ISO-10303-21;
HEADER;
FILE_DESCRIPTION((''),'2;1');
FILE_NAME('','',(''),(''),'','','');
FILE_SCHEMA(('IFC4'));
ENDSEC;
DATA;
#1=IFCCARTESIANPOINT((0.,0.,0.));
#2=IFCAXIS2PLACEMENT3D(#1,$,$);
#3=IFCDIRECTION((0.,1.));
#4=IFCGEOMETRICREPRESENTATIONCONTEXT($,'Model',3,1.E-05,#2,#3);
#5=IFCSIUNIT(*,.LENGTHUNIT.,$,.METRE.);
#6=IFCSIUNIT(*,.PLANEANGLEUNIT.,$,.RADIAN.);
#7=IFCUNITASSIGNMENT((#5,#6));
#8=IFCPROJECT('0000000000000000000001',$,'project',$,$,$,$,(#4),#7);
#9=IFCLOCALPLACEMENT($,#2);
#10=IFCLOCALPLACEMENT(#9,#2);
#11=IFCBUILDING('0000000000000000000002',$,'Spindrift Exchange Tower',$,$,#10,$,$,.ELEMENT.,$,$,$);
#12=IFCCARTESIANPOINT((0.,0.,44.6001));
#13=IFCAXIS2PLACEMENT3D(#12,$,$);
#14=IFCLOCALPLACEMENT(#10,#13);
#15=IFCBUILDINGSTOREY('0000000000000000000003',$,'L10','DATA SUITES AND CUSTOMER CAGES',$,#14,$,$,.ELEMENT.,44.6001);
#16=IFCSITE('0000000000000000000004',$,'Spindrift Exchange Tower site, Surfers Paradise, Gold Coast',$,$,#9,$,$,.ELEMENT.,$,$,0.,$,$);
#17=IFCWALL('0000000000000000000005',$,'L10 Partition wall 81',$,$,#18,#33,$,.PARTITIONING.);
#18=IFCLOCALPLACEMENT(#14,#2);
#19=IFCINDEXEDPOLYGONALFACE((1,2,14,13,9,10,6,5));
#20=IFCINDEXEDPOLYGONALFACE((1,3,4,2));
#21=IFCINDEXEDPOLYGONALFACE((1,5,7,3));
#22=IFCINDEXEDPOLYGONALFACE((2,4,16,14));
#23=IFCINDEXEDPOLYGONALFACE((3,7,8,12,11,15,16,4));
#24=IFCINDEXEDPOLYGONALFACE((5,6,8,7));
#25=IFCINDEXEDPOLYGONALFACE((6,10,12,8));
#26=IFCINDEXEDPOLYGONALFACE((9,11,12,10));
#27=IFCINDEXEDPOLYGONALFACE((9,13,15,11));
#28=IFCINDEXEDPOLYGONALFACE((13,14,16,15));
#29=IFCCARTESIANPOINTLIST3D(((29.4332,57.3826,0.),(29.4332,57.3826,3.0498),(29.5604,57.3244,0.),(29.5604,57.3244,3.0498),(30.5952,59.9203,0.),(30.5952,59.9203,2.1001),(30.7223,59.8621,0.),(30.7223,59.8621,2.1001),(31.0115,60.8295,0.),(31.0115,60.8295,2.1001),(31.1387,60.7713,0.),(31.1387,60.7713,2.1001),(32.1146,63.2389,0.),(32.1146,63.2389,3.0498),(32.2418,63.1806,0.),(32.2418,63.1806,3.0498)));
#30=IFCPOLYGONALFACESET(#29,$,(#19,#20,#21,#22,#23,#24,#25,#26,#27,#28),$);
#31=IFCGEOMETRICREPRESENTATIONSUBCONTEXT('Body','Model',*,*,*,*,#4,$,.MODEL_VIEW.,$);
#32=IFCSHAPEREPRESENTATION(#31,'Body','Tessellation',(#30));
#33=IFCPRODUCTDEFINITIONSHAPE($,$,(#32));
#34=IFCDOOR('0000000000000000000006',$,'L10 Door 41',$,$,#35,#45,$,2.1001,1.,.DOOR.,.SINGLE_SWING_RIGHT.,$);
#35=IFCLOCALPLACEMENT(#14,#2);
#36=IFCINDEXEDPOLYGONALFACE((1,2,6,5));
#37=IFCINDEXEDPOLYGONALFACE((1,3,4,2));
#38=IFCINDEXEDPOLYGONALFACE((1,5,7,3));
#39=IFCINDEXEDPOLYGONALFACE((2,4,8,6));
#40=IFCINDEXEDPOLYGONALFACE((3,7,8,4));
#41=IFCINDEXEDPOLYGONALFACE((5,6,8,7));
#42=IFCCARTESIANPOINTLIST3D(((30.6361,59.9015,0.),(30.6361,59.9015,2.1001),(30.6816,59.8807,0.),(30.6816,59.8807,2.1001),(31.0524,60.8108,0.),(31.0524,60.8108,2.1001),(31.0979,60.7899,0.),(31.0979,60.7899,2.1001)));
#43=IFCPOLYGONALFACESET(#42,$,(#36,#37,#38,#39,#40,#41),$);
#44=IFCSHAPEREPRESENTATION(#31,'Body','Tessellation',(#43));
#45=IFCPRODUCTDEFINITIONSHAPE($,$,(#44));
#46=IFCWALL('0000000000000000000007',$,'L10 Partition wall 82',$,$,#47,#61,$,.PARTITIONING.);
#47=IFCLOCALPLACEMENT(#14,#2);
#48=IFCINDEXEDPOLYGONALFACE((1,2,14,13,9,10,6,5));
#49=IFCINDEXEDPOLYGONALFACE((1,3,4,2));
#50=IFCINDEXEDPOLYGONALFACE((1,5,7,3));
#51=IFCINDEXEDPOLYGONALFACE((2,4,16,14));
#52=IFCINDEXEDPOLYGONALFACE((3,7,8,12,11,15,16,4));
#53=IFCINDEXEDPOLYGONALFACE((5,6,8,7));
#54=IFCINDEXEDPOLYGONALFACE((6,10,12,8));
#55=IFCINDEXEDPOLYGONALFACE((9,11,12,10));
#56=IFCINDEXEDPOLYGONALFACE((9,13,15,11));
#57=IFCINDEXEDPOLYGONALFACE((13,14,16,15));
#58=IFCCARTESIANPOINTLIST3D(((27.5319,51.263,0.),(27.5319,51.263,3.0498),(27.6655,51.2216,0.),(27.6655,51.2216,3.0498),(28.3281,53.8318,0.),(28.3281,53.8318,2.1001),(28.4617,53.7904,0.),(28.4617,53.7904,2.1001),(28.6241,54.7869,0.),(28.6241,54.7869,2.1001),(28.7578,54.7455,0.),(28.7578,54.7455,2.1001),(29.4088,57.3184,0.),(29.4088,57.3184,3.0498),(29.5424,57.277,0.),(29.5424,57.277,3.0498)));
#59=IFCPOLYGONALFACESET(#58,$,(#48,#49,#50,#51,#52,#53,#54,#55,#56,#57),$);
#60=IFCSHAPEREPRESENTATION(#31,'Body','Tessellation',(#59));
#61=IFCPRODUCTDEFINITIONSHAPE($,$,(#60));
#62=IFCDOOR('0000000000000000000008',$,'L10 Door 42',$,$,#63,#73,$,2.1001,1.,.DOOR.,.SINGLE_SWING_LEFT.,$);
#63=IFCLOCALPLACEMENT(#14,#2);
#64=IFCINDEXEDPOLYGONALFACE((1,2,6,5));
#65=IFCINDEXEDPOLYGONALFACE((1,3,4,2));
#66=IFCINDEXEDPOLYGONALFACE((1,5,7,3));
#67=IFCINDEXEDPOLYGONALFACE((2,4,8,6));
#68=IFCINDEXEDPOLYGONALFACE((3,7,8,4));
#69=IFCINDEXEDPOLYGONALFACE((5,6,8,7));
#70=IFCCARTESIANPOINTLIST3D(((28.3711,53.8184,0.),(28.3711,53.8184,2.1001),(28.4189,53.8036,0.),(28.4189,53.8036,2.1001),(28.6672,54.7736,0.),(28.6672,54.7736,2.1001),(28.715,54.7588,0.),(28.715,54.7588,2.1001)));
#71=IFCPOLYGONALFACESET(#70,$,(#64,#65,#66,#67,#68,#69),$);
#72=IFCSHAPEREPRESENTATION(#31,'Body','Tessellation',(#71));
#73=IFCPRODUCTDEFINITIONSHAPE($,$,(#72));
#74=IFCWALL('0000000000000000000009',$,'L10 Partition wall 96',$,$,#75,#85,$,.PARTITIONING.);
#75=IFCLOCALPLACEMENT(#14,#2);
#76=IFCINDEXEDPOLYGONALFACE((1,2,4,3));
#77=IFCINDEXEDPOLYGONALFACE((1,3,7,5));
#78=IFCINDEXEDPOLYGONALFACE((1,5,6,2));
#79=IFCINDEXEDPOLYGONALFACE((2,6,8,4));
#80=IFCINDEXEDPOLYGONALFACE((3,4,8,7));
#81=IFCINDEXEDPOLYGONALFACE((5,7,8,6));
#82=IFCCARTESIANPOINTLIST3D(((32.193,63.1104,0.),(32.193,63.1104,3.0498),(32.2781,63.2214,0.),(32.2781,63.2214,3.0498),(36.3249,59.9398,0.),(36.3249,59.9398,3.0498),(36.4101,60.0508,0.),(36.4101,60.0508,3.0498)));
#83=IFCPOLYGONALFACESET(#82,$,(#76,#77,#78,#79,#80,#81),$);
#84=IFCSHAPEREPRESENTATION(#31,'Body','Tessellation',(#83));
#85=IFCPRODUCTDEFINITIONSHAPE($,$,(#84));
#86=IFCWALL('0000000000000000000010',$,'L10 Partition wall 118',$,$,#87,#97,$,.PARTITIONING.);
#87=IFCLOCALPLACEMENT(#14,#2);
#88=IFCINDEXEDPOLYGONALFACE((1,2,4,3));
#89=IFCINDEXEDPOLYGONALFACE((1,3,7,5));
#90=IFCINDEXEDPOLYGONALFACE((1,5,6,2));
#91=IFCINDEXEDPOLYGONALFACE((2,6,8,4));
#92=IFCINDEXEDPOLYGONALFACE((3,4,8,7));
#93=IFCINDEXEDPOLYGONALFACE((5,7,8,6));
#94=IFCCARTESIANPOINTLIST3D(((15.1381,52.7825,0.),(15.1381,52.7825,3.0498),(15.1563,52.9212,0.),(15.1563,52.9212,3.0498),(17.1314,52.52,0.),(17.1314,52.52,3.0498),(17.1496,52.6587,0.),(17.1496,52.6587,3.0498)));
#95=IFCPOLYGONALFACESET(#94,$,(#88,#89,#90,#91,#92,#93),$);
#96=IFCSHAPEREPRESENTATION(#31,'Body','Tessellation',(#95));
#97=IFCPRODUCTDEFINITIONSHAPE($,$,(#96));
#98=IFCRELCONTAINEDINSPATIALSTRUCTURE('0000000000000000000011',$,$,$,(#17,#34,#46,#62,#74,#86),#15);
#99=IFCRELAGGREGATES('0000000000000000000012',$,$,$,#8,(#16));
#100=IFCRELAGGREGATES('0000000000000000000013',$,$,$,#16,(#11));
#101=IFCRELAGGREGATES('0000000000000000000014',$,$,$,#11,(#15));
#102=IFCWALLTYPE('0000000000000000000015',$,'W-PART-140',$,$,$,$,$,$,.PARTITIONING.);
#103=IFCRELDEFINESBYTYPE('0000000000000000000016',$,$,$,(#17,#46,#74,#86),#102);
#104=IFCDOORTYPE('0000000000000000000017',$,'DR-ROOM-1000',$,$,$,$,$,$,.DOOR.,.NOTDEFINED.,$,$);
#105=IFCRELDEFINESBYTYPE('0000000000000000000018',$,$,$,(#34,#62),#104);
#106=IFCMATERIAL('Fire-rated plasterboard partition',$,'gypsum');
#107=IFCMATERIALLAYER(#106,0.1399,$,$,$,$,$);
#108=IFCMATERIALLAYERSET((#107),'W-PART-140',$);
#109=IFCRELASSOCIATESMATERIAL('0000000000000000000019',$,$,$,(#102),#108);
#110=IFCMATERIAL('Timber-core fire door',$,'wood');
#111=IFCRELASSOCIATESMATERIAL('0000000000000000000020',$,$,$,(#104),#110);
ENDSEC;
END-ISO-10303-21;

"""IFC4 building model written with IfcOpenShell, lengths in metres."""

from ifc_helpers import new_model, si_unit, direction, frame, frame_2d, origin, place, context, subcontext, project, spatial, rectangle, extrude, source, transform, mapped, material, layer, layer_set, type_object, element, fill, save


model = new_model("IFC4")

# Units and contexts
model_context = context("Model", 3, precision=1e-05, world=origin(), true_north=direction((0.0, 1.0)))
body_context = subcontext(model_context, "Body", "Model", "MODEL_VIEW")
ifc_project = project(units=[si_unit("LENGTHUNIT", "METRE"), si_unit("PLANEANGLEUNIT", "RADIAN")], contexts=[model_context])

# Site, building, storey
site_placement = place(None, origin())
site = spatial("IfcSite", under=ifc_project, at=site_placement, Name="Spindrift Exchange Tower site, Surfers Paradise, Gold Coast", CompositionType="ELEMENT", RefElevation=0.0)
building_placement = place(site_placement, origin())
building = spatial("IfcBuilding", under=site, at=building_placement, Name="Spindrift Exchange Tower", CompositionType="ELEMENT")
storey_placement = place(building_placement, frame((0.0, 0.0, 44.6001)))
storey = spatial("IfcBuildingStorey", under=building, at=storey_placement, Name="L10", Description="DATA SUITES AND CUSTOMER CAGES", CompositionType="ELEMENT", Elevation=44.6001)

# Shared definitions
ifc_material_1 = material(Name="Fire-rated plasterboard partition", Category="gypsum")
ifc_layer_1 = layer(ifc_material_1, 0.1399)
ifc_layer_set_1 = layer_set([ifc_layer_1], Name="W-PART-140")
wall_type = type_object("IfcWallType", Name="W-PART-140", PredefinedType="PARTITIONING", material=ifc_layer_set_1)

# Walls, openings, doors
wall_1_placement = place(storey_placement, frame((29.4968, 57.3535, 0.0), z_axis=(0.0, 0.0, 1.0), x_axis=(0.416309, 0.909223, 0.0)))
wall_1 = element("IfcWall", 1, at=wall_1_placement, inside=storey, type_object=wall_type, Name="L10 Partition wall 81", PredefinedType="PARTITIONING", context=body_context, shape_type="SweptSolid", body=[
    extrude(rectangle(XDim=6.4409, YDim=0.1399, at=frame_2d((3.2205, 0.0))), origin(), (0.0, 0.0, 1.0), 3.0498),
])
opening_1_placement = place(wall_1_placement, frame((2.791, 0.0, 0.0)))
opening_1 = element("IfcOpeningElement", 2, at=opening_1_placement, cuts=wall_1, PredefinedType="OPENING", context=body_context, shape_type="SweptSolid", body=[
    extrude(rectangle(XDim=1.0, YDim=2.1001, at=frame_2d((0.5, 1.05))), frame((0.0, 0.0798, 0.0), z_axis=(0.0, -1.0, 0.0), x_axis=(1.0, 0.0, 0.0)), (0.0, 0.0, 1.0), 0.1599),
])
ifc_material_2 = material(Name="Timber-core fire door", Category="wood")
door_type = type_object("IfcDoorType", Name="DR-ROOM-1000", OperationType="NOTDEFINED", PredefinedType="DOOR", material=ifc_material_2)
shared_shape_1 = source(origin(), body_context, "Body", "SweptSolid", [
    extrude(rectangle(XDim=1.0, YDim=2.1001, at=frame_2d((0.5, 1.05))), frame((0.0, 0.0249, 0.0), z_axis=(0.0, -1.0, 0.0), x_axis=(1.0, 0.0, 0.0)), (0.0, 0.0, 1.0), 0.05),
])
door_1_placement = place(opening_1_placement, origin())
door_1 = element("IfcDoor", 3, at=door_1_placement, inside=storey, type_object=door_type, Name="L10 Door 41", OperationType="SINGLE_SWING_RIGHT", OverallHeight=2.1001, OverallWidth=1.0, PredefinedType="DOOR", context=body_context, shape_type="MappedRepresentation", body=[
    mapped(shared_shape_1, transform((0.0, 0.0, 0.0), scale=1.0)),
])
fill(opening_1, door_1)
wall_2_placement = place(storey_placement, frame((27.5986, 51.2422, 0.0), z_axis=(0.0, 0.0, 1.0), x_axis=(0.296066, 0.955167, 0.0)))
wall_2 = element("IfcWall", 4, at=wall_2_placement, inside=storey, type_object=wall_type, Name="L10 Partition wall 82", PredefinedType="PARTITIONING", context=body_context, shape_type="SweptSolid", body=[
    extrude(rectangle(XDim=6.3396, YDim=0.1399, at=frame_2d((3.1699, 0.0))), origin(), (0.0, 0.0, 1.0), 3.0498),
])
opening_2_placement = place(wall_2_placement, frame((2.6895, 0.0, 0.0)))
opening_2 = element("IfcOpeningElement", 5, at=opening_2_placement, cuts=wall_2, PredefinedType="OPENING", context=body_context, shape_type="SweptSolid", body=[
    extrude(rectangle(XDim=1.0, YDim=2.1001, at=frame_2d((0.5, 1.05))), frame((0.0, 0.0798, 0.0), z_axis=(0.0, -1.0, 0.0), x_axis=(1.0, 0.0, 0.0)), (0.0, 0.0, 1.0), 0.1599),
])
door_2_placement = place(opening_2_placement, origin())
door_2 = element("IfcDoor", 6, at=door_2_placement, inside=storey, type_object=door_type, Name="L10 Door 42", OperationType="SINGLE_SWING_LEFT", OverallHeight=2.1001, OverallWidth=1.0, PredefinedType="DOOR", context=body_context, shape_type="MappedRepresentation", body=[
    mapped(shared_shape_1, transform((0.0, 0.0, 0.0), scale=1.0)),
])
fill(opening_2, door_2)

# Walls
wall_3_placement = place(storey_placement, frame((36.3674, 59.9954, 0.0), z_axis=(0.0, 0.0, 1.0), x_axis=(-0.793354, 0.608761, 0.0)))
element("IfcWall", 7, at=wall_3_placement, inside=storey, type_object=wall_type, Name="L10 Partition wall 96", PredefinedType="PARTITIONING", context=body_context, shape_type="SweptSolid", body=[
    extrude(rectangle(XDim=5.2083, YDim=0.1399, at=frame_2d((2.604, 0.0))), origin(), (0.0, 0.0, 1.0), 3.0498),
])
wall_4_placement = place(storey_placement, frame((17.1406, 52.5894, 0.0), z_axis=(0.0, 0.0, 1.0), x_axis=(-0.991444, 0.130533, 0.0)))
element("IfcWall", 8, at=wall_4_placement, inside=storey, type_object=wall_type, Name="L10 Partition wall 118", PredefinedType="PARTITIONING", context=body_context, shape_type="SweptSolid", body=[
    extrude(rectangle(XDim=2.0105, YDim=0.1399, at=frame_2d((1.0054, 0.0))), origin(), (0.0, 0.0, 1.0), 3.0498),
])

save(model, "model.ifc")
